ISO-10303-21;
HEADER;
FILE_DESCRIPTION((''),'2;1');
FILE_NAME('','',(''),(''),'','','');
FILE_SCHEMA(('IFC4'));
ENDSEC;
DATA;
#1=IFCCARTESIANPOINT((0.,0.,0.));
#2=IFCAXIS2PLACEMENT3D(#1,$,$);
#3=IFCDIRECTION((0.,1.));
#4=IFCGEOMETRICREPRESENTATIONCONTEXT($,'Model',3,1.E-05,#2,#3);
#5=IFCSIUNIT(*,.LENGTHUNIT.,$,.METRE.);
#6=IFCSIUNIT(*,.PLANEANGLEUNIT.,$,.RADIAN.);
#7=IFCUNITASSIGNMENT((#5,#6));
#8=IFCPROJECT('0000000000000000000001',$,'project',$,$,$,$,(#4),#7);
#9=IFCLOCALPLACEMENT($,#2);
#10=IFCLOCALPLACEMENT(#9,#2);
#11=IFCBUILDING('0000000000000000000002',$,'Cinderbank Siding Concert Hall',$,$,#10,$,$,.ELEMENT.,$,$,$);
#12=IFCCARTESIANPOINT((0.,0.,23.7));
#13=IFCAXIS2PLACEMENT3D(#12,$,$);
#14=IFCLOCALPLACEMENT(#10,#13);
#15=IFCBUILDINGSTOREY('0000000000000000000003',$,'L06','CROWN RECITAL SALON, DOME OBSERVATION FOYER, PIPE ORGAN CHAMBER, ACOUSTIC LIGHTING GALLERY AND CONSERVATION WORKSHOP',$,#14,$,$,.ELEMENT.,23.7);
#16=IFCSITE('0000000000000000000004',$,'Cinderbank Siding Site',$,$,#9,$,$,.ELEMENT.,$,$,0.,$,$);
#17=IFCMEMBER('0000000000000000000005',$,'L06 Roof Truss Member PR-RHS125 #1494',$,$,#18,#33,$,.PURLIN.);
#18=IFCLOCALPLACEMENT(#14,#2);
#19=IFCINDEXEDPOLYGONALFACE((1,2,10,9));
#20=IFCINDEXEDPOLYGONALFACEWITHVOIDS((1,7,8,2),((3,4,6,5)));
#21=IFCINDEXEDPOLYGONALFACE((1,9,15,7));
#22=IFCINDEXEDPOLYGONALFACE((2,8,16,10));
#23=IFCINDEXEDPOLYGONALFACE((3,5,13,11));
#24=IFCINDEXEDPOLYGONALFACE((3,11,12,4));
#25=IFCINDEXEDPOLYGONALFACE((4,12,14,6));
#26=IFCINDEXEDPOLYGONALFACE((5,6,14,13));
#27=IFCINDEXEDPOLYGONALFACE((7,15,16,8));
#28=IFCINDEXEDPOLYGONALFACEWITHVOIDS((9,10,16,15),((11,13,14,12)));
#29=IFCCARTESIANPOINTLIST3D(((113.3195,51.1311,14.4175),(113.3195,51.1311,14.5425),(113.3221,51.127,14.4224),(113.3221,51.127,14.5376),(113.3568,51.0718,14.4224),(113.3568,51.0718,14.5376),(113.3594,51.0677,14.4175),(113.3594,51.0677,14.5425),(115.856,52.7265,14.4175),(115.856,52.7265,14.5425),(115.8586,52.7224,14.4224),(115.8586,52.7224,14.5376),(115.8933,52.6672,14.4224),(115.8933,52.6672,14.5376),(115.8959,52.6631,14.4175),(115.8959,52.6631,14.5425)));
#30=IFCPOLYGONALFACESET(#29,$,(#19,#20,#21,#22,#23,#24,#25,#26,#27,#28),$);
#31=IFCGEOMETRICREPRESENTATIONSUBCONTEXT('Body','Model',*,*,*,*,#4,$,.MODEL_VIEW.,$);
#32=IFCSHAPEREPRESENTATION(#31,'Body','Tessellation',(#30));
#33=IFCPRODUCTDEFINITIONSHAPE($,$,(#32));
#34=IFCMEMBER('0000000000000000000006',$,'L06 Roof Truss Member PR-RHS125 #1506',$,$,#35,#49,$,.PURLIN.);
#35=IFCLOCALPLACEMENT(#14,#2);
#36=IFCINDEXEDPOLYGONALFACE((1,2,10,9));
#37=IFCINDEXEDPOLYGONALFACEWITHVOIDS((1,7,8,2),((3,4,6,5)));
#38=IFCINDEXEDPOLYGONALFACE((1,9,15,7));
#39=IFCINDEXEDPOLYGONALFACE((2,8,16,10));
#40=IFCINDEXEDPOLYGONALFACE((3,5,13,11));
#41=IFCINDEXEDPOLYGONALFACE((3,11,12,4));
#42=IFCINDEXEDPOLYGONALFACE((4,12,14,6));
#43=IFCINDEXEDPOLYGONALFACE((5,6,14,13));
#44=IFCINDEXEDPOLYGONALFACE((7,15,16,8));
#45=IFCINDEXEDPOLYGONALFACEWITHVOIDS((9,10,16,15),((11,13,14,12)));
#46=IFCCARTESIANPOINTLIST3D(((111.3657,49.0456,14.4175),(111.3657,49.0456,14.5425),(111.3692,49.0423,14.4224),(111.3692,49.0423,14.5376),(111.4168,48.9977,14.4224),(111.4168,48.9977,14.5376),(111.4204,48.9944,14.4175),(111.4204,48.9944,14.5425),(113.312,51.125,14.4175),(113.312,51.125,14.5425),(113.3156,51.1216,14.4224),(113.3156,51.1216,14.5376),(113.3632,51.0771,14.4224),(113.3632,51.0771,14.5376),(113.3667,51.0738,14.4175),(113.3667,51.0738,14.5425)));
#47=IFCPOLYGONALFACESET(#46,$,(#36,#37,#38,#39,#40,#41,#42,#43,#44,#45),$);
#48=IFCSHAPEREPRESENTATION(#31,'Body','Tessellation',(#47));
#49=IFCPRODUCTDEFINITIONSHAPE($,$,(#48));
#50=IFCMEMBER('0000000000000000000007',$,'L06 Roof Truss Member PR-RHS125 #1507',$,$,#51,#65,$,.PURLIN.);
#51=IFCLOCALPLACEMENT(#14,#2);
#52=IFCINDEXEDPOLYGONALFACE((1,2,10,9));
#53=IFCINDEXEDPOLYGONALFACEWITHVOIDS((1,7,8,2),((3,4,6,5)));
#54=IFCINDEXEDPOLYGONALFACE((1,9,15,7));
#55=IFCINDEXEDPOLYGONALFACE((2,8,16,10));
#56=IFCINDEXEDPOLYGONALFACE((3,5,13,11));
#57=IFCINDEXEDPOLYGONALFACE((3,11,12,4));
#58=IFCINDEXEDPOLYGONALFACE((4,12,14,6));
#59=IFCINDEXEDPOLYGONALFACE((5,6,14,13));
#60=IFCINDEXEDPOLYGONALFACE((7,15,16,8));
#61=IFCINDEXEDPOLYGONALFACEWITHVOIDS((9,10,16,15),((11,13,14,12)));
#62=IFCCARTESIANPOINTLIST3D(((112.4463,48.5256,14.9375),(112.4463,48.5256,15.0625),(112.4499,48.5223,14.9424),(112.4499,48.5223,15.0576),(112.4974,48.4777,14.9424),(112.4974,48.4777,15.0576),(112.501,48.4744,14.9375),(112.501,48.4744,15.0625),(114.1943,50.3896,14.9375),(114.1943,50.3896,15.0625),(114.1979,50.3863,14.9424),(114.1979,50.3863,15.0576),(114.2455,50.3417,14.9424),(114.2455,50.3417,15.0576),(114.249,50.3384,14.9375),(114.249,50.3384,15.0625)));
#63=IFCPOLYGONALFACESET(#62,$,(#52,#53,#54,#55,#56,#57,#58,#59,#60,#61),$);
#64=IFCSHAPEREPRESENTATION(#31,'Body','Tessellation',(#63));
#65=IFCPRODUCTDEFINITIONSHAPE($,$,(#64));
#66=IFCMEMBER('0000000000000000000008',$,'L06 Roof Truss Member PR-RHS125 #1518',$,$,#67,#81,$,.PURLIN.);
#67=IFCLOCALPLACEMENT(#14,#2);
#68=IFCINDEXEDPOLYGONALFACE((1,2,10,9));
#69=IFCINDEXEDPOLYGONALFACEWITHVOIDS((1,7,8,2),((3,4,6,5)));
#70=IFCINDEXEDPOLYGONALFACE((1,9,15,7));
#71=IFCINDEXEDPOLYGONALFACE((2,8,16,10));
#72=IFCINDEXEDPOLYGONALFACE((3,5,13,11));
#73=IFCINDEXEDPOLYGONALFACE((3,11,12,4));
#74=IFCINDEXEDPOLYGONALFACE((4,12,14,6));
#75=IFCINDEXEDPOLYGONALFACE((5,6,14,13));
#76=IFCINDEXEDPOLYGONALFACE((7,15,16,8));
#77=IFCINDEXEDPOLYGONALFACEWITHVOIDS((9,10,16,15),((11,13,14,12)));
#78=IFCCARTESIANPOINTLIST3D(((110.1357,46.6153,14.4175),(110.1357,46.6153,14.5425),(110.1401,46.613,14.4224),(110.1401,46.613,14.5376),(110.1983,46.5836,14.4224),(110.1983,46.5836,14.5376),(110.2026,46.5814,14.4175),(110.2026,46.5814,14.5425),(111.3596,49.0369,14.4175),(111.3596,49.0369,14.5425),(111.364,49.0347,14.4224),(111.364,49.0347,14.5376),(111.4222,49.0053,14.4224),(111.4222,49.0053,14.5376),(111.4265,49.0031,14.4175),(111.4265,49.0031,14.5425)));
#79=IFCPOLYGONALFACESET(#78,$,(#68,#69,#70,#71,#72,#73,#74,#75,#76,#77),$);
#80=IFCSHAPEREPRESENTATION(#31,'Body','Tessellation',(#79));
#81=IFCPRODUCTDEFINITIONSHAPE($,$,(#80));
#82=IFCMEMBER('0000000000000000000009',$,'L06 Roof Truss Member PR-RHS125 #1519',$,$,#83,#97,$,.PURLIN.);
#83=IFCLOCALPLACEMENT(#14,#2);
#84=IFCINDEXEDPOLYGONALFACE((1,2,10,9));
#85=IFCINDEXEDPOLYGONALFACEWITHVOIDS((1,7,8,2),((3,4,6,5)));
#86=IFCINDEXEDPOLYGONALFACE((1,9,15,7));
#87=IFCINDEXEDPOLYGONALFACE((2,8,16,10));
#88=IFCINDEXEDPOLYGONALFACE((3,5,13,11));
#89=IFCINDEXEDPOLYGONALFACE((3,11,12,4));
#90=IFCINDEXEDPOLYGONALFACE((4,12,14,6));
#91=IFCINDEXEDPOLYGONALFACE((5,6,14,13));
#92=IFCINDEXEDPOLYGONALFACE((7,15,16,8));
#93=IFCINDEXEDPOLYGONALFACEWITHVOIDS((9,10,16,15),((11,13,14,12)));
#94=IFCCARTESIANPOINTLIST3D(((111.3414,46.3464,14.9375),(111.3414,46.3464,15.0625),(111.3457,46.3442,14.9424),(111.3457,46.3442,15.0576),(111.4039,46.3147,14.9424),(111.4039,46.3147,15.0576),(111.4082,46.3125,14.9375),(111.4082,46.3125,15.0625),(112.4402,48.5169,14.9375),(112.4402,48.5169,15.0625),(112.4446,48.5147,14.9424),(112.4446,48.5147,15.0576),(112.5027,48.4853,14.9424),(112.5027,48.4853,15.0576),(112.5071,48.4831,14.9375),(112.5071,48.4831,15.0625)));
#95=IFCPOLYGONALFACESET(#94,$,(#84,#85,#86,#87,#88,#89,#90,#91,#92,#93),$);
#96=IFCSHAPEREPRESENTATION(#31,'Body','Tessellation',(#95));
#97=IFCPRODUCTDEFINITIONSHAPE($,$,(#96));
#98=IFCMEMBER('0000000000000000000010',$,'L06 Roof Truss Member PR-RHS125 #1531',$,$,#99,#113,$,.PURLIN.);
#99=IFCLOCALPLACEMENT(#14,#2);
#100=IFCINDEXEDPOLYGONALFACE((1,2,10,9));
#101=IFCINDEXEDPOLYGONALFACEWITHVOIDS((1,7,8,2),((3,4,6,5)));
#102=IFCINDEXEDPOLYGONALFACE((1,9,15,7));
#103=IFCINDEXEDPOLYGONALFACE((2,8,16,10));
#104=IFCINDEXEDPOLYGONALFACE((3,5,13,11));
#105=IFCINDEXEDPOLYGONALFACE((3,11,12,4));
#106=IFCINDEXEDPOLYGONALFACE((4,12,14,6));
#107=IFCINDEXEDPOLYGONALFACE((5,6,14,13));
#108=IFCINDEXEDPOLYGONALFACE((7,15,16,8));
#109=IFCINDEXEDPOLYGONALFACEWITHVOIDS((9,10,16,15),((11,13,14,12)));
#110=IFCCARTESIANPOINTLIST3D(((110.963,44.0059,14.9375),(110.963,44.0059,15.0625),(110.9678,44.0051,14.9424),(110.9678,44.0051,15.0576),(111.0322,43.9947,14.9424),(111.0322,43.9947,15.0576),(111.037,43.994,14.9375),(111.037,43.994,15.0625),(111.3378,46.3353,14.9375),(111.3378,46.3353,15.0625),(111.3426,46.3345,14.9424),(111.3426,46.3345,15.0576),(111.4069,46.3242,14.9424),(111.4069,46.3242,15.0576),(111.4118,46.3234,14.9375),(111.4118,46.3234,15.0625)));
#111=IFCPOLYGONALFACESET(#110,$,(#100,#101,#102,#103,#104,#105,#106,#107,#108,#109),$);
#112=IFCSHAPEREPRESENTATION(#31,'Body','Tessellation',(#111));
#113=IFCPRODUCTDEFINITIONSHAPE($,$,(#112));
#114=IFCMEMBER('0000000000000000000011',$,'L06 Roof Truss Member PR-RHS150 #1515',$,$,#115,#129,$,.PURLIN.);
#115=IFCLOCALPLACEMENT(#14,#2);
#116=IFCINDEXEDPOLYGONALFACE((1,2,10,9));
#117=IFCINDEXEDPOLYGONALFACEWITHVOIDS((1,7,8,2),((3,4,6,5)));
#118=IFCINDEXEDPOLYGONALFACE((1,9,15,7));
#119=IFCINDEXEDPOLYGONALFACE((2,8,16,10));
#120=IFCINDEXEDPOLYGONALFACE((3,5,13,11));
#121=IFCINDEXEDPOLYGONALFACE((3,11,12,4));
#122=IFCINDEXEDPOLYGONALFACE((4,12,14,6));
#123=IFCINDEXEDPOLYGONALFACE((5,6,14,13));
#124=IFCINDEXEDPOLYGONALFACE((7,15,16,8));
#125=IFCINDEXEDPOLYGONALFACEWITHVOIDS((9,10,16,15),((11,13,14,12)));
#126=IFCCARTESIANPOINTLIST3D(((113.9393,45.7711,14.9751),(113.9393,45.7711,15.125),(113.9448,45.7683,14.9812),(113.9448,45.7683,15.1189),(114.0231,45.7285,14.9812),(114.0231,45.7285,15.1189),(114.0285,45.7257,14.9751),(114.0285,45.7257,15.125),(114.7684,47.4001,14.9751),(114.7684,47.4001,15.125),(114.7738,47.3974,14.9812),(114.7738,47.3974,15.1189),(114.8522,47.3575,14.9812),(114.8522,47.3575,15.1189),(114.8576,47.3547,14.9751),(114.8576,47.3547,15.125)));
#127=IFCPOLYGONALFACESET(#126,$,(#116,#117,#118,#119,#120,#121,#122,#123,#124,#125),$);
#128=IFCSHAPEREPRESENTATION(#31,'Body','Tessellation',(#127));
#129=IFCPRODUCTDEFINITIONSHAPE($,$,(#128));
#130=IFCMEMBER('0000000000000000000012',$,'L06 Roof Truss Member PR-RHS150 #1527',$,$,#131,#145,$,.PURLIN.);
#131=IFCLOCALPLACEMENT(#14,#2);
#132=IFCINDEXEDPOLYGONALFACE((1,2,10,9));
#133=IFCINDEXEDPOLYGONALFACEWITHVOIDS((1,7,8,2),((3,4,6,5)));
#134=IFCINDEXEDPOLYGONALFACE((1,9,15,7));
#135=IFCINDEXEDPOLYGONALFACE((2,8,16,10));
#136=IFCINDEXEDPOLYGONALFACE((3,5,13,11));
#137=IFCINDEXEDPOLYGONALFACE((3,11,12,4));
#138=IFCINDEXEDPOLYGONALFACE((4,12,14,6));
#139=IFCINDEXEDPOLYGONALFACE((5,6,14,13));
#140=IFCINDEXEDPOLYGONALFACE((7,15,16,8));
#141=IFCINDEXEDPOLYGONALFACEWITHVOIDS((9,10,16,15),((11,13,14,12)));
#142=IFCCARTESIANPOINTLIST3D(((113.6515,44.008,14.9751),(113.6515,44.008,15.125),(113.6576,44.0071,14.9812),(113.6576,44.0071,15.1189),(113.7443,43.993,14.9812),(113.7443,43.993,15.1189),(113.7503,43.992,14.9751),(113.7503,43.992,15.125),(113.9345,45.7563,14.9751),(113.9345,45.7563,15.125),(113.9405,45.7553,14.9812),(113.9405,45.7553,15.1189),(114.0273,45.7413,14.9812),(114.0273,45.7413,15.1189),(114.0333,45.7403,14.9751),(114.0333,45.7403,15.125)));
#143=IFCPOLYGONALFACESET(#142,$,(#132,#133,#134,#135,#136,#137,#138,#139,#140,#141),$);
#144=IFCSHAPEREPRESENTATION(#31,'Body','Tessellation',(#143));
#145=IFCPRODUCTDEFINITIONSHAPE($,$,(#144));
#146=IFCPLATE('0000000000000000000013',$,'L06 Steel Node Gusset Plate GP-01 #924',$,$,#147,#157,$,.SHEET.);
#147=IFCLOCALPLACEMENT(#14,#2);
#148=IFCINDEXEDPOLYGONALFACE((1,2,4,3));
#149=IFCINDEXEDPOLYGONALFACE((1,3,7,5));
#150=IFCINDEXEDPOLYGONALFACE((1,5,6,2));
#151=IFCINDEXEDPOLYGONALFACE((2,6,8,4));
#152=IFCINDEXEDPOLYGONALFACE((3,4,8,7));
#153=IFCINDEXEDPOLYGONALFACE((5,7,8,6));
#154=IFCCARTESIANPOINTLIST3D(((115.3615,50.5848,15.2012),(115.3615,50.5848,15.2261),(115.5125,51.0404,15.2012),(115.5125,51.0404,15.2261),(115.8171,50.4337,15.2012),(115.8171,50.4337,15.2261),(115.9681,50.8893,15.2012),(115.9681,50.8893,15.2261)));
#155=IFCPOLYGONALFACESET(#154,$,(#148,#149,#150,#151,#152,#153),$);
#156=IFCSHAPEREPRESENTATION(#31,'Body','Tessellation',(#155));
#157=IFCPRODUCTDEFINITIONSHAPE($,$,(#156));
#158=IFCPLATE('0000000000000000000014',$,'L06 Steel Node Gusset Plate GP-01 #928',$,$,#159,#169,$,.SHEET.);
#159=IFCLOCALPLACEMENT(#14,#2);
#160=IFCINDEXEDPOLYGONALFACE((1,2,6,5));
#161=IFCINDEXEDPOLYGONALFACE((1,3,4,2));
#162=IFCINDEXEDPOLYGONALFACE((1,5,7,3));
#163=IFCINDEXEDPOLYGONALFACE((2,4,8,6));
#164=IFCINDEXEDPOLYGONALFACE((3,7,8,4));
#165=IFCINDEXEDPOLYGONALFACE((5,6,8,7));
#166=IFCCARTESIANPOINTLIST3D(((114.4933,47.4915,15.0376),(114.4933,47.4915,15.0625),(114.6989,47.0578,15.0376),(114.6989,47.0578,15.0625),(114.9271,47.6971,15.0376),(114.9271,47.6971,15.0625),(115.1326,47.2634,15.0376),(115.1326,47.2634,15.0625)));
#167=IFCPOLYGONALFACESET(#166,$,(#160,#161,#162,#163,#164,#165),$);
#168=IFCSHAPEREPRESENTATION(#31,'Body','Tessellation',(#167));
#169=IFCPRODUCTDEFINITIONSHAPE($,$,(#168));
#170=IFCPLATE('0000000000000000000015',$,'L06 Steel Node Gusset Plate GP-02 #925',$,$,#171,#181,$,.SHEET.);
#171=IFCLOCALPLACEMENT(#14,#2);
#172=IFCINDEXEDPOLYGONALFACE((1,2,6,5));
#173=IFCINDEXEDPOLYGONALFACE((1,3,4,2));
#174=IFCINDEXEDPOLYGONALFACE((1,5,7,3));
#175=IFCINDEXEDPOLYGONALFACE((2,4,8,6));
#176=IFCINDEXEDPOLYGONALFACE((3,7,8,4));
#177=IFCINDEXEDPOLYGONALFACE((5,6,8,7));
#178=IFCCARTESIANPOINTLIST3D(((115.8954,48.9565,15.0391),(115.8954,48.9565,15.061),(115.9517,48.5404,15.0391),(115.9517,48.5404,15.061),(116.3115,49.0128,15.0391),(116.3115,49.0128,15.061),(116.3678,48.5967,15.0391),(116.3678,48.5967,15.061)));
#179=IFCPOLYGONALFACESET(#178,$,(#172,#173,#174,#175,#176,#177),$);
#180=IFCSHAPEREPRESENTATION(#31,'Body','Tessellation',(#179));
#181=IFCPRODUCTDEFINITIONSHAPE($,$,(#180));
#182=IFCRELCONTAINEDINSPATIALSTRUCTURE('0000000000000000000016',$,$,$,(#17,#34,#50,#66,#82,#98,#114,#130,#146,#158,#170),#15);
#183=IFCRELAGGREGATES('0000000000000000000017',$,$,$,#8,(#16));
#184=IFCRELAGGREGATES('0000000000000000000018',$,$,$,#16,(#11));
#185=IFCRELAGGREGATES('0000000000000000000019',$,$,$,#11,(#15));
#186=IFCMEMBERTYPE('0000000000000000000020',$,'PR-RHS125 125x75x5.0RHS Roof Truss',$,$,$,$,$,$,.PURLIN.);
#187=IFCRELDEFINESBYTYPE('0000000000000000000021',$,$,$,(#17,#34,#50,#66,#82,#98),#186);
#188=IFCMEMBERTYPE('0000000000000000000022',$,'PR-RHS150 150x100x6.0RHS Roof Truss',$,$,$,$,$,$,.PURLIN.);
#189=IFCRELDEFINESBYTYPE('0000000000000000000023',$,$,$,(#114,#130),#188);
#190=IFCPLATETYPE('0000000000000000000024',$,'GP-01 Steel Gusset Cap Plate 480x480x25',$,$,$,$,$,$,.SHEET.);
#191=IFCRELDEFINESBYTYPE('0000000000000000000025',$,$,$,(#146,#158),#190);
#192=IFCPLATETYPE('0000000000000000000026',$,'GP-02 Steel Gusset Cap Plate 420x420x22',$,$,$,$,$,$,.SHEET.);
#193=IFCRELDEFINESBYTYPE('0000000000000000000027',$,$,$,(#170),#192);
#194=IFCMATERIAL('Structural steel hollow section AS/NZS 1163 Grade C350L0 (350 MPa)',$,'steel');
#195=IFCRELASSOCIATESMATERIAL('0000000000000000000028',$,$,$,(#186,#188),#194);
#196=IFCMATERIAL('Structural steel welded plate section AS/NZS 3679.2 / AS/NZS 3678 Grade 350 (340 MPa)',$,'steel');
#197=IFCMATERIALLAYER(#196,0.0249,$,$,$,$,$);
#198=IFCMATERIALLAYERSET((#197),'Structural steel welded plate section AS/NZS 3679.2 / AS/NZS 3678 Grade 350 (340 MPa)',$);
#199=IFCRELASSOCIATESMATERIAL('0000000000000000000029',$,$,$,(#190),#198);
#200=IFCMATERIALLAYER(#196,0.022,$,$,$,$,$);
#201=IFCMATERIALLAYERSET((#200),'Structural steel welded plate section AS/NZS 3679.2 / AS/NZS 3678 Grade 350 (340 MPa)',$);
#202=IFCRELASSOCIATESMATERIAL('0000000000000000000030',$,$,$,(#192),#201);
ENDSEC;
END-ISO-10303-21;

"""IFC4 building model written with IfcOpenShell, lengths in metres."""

from ifc_helpers import new_model, si_unit, direction, frame, origin, origin_2d, place, context, subcontext, project, spatial, rectangle, hollow_rectangle, extrude, material, layer, layer_set, material_profile, profile_set, type_object, element, save


model = new_model("IFC4")

# Units and contexts
model_context = context("Model", 3, precision=1e-05, world=origin(), true_north=direction((0.0, 1.0)))
body_context = subcontext(model_context, "Body", "Model", "MODEL_VIEW")
ifc_project = project(units=[si_unit("LENGTHUNIT", "METRE"), si_unit("PLANEANGLEUNIT", "RADIAN")], contexts=[model_context])

# Site, building, storey
site_placement = place(None, origin())
site = spatial("IfcSite", under=ifc_project, at=site_placement, Name="Cinderbank Siding Site", CompositionType="ELEMENT", RefElevation=0.0)
building_placement = place(site_placement, origin())
building = spatial("IfcBuilding", under=site, at=building_placement, Name="Cinderbank Siding Concert Hall", CompositionType="ELEMENT")
storey_placement = place(building_placement, frame((0.0, 0.0, 23.7)))
storey = spatial("IfcBuildingStorey", under=building, at=storey_placement, Name="L06", Description="CROWN RECITAL SALON, DOME OBSERVATION FOYER, PIPE ORGAN CHAMBER, ACOUSTIC LIGHTING GALLERY AND CONSERVATION WORKSHOP", CompositionType="ELEMENT", Elevation=23.7)

# Members
ifc_material_1 = material(Name="Structural steel hollow section AS/NZS 1163 Grade C350L0 (350 MPa)", Category="steel")
ifc_material_profile_1 = material_profile(ifc_material_1, hollow_rectangle(XDim=0.075, YDim=0.125, WallThickness=0.0049, at=origin_2d()), Name="125x75x5.0RHS", Category="LoadBearing")
ifc_profile_set_1 = profile_set([ifc_material_profile_1], Name="Structural steel hollow section AS/NZS 1163 Grade C350L0 (350 MPa)")
member_type_1 = type_object("IfcMemberType", Name="PR-RHS125 125x75x5.0RHS Roof Truss", PredefinedType="PURLIN", material=ifc_profile_set_1)
member_1_placement = place(storey_placement, frame((115.876, 52.6948, 14.48), z_axis=(-0.846484, -0.532413, 0.0), x_axis=(0.532413, -0.846484, 0.0)))
element("IfcMember", 1, at=member_1_placement, inside=storey, type_object=member_type_1, Name="L06 Roof Truss Member PR-RHS125 #1494", PredefinedType="PURLIN", context=body_context, shape_type="SweptSolid", body=[
    extrude(hollow_rectangle(XDim=0.075, YDim=0.125, WallThickness=0.0049, at=origin_2d()), origin(), (0.0, 0.0, 1.0), 2.9966),
])
member_2_placement = place(storey_placement, frame((113.3394, 51.0994, 14.48), z_axis=(-0.683362, -0.73008, 0.0), x_axis=(0.73008, -0.683362, 0.0)))
element("IfcMember", 2, at=member_2_placement, inside=storey, type_object=member_type_1, Name="L06 Roof Truss Member PR-RHS125 #1506", PredefinedType="PURLIN", context=body_context, shape_type="SweptSolid", body=[
    extrude(hollow_rectangle(XDim=0.075, YDim=0.125, WallThickness=0.0049, at=origin_2d()), origin(), (0.0, 0.0, 1.0), 2.8481),
])
member_3_placement = place(storey_placement, frame((114.2217, 50.364, 15.0), z_axis=(-0.684052, -0.729433, 0.0), x_axis=(0.729433, -0.684052, 0.0)))
element("IfcMember", 3, at=member_3_placement, inside=storey, type_object=member_type_1, Name="L06 Roof Truss Member PR-RHS125 #1507", PredefinedType="PURLIN", context=body_context, shape_type="SweptSolid", body=[
    extrude(hollow_rectangle(XDim=0.075, YDim=0.125, WallThickness=0.0049, at=origin_2d()), origin(), (0.0, 0.0, 1.0), 2.5554),
])
member_4_placement = place(storey_placement, frame((111.3931, 49.02, 14.48), z_axis=(-0.451061, -0.892493, 0.0), x_axis=(0.892493, -0.451061, 0.0)))
element("IfcMember", 4, at=member_4_placement, inside=storey, type_object=member_type_1, Name="L06 Roof Truss Member PR-RHS125 #1518", PredefinedType="PURLIN", context=body_context, shape_type="SweptSolid", body=[
    extrude(hollow_rectangle(XDim=0.075, YDim=0.125, WallThickness=0.0049, at=origin_2d()), origin(), (0.0, 0.0, 1.0), 2.7134),
])
member_5_placement = place(storey_placement, frame((112.4736, 48.5, 15.0), z_axis=(-0.451663, -0.892188, 0.0), x_axis=(0.892188, -0.451663, 0.0)))
element("IfcMember", 5, at=member_5_placement, inside=storey, type_object=member_type_1, Name="L06 Roof Truss Member PR-RHS125 #1519", PredefinedType="PURLIN", context=body_context, shape_type="SweptSolid", body=[
    extrude(hollow_rectangle(XDim=0.075, YDim=0.125, WallThickness=0.0049, at=origin_2d()), origin(), (0.0, 0.0, 1.0), 2.4329),
])
member_6_placement = place(storey_placement, frame((111.3748, 46.3293, 15.0), z_axis=(-0.158842, -0.987304, 0.0), x_axis=(0.987304, -0.158842, 0.0)))
element("IfcMember", 6, at=member_6_placement, inside=storey, type_object=member_type_1, Name="L06 Roof Truss Member PR-RHS125 #1531", PredefinedType="PURLIN", context=body_context, shape_type="SweptSolid", body=[
    extrude(hollow_rectangle(XDim=0.075, YDim=0.125, WallThickness=0.0049, at=origin_2d()), origin(), (0.0, 0.0, 1.0), 2.3594),
])
ifc_material_profile_2 = material_profile(ifc_material_1, hollow_rectangle(XDim=0.1001, YDim=0.1499, WallThickness=0.0061, at=origin_2d()), Name="150x100x6.0RHS", Category="LoadBearing")
ifc_profile_set_2 = profile_set([ifc_material_profile_2], Name="Structural steel hollow section AS/NZS 1163 Grade C350L0 (350 MPa)")
member_type_2 = type_object("IfcMemberType", Name="PR-RHS150 150x100x6.0RHS Roof Truss", PredefinedType="PURLIN", material=ifc_profile_set_2)
member_7_placement = place(storey_placement, frame((114.813, 47.3774, 15.05), z_axis=(-0.45356, -0.891226, 0.0), x_axis=(0.891226, -0.45356, 0.0)))
element("IfcMember", 7, at=member_7_placement, inside=storey, type_object=member_type_2, Name="L06 Roof Truss Member PR-RHS150 #1515", PredefinedType="PURLIN", context=body_context, shape_type="SweptSolid", body=[
    extrude(hollow_rectangle(XDim=0.1001, YDim=0.1499, WallThickness=0.0061, at=origin_2d()), origin(), (0.0, 0.0, 1.0), 1.8279),
])
member_8_placement = place(storey_placement, frame((113.9839, 45.7483, 15.05), z_axis=(-0.15977, -0.987154, 0.0), x_axis=(0.987154, -0.15977, 0.0)))
element("IfcMember", 8, at=member_8_placement, inside=storey, type_object=member_type_2, Name="L06 Roof Truss Member PR-RHS150 #1527", PredefinedType="PURLIN", context=body_context, shape_type="SweptSolid", body=[
    extrude(hollow_rectangle(XDim=0.1001, YDim=0.1499, WallThickness=0.0061, at=origin_2d()), origin(), (0.0, 0.0, 1.0), 1.771),
])

# Plates
ifc_material_2 = material(Name="Structural steel welded plate section AS/NZS 3679.2 / AS/NZS 3678 Grade 350 (340 MPa)", Category="steel")
ifc_layer_1 = layer(ifc_material_2, 0.0249)
ifc_layer_set_1 = layer_set([ifc_layer_1], Name="Structural steel welded plate section AS/NZS 3679.2 / AS/NZS 3678 Grade 350 (340 MPa)")
plate_type_1 = type_object("IfcPlateType", Name="GP-01 Steel Gusset Cap Plate 480x480x25", PredefinedType="SHEET", material=ifc_layer_set_1)
for number, where, z_axis, x_axis, name in (
    (9, (115.6648, 50.7371, 15.2012), (0.0, 0.0, 1.0), (0.949206, -0.314655, 0.0), "L06 Steel Node Gusset Plate GP-01 #924"),
    (10, (114.813, 47.3774, 15.0376), (0.0, 0.0, 1.0), (0.428304, -0.903635, 0.0), "L06 Steel Node Gusset Plate GP-01 #928"),
):
    element("IfcPlate", number, at=place(storey_placement, frame(where, z_axis=z_axis, x_axis=x_axis)), inside=storey, type_object=plate_type_1, Name=name, PredefinedType="SHEET", context=body_context, shape_type="SweptSolid", body=[
        extrude(rectangle(XDim=0.48, YDim=0.48, at=origin_2d()), origin(), (0.0, 0.0, 1.0), 0.0249),
    ])
ifc_layer_2 = layer(ifc_material_2, 0.022)
ifc_layer_set_2 = layer_set([ifc_layer_2], Name="Structural steel welded plate section AS/NZS 3679.2 / AS/NZS 3678 Grade 350 (340 MPa)")
plate_type_2 = type_object("IfcPlateType", Name="GP-02 Steel Gusset Cap Plate 420x420x22", PredefinedType="SHEET", material=ifc_layer_set_2)
plate_1_placement = place(storey_placement, frame((116.1316, 48.7766, 15.0391), z_axis=(0.0, 0.0, 1.0), x_axis=(0.133986, -0.990983, 0.0)))
element("IfcPlate", 11, at=plate_1_placement, inside=storey, type_object=plate_type_2, Name="L06 Steel Node Gusset Plate GP-02 #925", PredefinedType="SHEET", context=body_context, shape_type="SweptSolid", body=[
    extrude(rectangle(XDim=0.4199, YDim=0.4199, at=origin_2d()), origin(), (0.0, 0.0, 1.0), 0.022),
])

save(model, "model.ifc")
